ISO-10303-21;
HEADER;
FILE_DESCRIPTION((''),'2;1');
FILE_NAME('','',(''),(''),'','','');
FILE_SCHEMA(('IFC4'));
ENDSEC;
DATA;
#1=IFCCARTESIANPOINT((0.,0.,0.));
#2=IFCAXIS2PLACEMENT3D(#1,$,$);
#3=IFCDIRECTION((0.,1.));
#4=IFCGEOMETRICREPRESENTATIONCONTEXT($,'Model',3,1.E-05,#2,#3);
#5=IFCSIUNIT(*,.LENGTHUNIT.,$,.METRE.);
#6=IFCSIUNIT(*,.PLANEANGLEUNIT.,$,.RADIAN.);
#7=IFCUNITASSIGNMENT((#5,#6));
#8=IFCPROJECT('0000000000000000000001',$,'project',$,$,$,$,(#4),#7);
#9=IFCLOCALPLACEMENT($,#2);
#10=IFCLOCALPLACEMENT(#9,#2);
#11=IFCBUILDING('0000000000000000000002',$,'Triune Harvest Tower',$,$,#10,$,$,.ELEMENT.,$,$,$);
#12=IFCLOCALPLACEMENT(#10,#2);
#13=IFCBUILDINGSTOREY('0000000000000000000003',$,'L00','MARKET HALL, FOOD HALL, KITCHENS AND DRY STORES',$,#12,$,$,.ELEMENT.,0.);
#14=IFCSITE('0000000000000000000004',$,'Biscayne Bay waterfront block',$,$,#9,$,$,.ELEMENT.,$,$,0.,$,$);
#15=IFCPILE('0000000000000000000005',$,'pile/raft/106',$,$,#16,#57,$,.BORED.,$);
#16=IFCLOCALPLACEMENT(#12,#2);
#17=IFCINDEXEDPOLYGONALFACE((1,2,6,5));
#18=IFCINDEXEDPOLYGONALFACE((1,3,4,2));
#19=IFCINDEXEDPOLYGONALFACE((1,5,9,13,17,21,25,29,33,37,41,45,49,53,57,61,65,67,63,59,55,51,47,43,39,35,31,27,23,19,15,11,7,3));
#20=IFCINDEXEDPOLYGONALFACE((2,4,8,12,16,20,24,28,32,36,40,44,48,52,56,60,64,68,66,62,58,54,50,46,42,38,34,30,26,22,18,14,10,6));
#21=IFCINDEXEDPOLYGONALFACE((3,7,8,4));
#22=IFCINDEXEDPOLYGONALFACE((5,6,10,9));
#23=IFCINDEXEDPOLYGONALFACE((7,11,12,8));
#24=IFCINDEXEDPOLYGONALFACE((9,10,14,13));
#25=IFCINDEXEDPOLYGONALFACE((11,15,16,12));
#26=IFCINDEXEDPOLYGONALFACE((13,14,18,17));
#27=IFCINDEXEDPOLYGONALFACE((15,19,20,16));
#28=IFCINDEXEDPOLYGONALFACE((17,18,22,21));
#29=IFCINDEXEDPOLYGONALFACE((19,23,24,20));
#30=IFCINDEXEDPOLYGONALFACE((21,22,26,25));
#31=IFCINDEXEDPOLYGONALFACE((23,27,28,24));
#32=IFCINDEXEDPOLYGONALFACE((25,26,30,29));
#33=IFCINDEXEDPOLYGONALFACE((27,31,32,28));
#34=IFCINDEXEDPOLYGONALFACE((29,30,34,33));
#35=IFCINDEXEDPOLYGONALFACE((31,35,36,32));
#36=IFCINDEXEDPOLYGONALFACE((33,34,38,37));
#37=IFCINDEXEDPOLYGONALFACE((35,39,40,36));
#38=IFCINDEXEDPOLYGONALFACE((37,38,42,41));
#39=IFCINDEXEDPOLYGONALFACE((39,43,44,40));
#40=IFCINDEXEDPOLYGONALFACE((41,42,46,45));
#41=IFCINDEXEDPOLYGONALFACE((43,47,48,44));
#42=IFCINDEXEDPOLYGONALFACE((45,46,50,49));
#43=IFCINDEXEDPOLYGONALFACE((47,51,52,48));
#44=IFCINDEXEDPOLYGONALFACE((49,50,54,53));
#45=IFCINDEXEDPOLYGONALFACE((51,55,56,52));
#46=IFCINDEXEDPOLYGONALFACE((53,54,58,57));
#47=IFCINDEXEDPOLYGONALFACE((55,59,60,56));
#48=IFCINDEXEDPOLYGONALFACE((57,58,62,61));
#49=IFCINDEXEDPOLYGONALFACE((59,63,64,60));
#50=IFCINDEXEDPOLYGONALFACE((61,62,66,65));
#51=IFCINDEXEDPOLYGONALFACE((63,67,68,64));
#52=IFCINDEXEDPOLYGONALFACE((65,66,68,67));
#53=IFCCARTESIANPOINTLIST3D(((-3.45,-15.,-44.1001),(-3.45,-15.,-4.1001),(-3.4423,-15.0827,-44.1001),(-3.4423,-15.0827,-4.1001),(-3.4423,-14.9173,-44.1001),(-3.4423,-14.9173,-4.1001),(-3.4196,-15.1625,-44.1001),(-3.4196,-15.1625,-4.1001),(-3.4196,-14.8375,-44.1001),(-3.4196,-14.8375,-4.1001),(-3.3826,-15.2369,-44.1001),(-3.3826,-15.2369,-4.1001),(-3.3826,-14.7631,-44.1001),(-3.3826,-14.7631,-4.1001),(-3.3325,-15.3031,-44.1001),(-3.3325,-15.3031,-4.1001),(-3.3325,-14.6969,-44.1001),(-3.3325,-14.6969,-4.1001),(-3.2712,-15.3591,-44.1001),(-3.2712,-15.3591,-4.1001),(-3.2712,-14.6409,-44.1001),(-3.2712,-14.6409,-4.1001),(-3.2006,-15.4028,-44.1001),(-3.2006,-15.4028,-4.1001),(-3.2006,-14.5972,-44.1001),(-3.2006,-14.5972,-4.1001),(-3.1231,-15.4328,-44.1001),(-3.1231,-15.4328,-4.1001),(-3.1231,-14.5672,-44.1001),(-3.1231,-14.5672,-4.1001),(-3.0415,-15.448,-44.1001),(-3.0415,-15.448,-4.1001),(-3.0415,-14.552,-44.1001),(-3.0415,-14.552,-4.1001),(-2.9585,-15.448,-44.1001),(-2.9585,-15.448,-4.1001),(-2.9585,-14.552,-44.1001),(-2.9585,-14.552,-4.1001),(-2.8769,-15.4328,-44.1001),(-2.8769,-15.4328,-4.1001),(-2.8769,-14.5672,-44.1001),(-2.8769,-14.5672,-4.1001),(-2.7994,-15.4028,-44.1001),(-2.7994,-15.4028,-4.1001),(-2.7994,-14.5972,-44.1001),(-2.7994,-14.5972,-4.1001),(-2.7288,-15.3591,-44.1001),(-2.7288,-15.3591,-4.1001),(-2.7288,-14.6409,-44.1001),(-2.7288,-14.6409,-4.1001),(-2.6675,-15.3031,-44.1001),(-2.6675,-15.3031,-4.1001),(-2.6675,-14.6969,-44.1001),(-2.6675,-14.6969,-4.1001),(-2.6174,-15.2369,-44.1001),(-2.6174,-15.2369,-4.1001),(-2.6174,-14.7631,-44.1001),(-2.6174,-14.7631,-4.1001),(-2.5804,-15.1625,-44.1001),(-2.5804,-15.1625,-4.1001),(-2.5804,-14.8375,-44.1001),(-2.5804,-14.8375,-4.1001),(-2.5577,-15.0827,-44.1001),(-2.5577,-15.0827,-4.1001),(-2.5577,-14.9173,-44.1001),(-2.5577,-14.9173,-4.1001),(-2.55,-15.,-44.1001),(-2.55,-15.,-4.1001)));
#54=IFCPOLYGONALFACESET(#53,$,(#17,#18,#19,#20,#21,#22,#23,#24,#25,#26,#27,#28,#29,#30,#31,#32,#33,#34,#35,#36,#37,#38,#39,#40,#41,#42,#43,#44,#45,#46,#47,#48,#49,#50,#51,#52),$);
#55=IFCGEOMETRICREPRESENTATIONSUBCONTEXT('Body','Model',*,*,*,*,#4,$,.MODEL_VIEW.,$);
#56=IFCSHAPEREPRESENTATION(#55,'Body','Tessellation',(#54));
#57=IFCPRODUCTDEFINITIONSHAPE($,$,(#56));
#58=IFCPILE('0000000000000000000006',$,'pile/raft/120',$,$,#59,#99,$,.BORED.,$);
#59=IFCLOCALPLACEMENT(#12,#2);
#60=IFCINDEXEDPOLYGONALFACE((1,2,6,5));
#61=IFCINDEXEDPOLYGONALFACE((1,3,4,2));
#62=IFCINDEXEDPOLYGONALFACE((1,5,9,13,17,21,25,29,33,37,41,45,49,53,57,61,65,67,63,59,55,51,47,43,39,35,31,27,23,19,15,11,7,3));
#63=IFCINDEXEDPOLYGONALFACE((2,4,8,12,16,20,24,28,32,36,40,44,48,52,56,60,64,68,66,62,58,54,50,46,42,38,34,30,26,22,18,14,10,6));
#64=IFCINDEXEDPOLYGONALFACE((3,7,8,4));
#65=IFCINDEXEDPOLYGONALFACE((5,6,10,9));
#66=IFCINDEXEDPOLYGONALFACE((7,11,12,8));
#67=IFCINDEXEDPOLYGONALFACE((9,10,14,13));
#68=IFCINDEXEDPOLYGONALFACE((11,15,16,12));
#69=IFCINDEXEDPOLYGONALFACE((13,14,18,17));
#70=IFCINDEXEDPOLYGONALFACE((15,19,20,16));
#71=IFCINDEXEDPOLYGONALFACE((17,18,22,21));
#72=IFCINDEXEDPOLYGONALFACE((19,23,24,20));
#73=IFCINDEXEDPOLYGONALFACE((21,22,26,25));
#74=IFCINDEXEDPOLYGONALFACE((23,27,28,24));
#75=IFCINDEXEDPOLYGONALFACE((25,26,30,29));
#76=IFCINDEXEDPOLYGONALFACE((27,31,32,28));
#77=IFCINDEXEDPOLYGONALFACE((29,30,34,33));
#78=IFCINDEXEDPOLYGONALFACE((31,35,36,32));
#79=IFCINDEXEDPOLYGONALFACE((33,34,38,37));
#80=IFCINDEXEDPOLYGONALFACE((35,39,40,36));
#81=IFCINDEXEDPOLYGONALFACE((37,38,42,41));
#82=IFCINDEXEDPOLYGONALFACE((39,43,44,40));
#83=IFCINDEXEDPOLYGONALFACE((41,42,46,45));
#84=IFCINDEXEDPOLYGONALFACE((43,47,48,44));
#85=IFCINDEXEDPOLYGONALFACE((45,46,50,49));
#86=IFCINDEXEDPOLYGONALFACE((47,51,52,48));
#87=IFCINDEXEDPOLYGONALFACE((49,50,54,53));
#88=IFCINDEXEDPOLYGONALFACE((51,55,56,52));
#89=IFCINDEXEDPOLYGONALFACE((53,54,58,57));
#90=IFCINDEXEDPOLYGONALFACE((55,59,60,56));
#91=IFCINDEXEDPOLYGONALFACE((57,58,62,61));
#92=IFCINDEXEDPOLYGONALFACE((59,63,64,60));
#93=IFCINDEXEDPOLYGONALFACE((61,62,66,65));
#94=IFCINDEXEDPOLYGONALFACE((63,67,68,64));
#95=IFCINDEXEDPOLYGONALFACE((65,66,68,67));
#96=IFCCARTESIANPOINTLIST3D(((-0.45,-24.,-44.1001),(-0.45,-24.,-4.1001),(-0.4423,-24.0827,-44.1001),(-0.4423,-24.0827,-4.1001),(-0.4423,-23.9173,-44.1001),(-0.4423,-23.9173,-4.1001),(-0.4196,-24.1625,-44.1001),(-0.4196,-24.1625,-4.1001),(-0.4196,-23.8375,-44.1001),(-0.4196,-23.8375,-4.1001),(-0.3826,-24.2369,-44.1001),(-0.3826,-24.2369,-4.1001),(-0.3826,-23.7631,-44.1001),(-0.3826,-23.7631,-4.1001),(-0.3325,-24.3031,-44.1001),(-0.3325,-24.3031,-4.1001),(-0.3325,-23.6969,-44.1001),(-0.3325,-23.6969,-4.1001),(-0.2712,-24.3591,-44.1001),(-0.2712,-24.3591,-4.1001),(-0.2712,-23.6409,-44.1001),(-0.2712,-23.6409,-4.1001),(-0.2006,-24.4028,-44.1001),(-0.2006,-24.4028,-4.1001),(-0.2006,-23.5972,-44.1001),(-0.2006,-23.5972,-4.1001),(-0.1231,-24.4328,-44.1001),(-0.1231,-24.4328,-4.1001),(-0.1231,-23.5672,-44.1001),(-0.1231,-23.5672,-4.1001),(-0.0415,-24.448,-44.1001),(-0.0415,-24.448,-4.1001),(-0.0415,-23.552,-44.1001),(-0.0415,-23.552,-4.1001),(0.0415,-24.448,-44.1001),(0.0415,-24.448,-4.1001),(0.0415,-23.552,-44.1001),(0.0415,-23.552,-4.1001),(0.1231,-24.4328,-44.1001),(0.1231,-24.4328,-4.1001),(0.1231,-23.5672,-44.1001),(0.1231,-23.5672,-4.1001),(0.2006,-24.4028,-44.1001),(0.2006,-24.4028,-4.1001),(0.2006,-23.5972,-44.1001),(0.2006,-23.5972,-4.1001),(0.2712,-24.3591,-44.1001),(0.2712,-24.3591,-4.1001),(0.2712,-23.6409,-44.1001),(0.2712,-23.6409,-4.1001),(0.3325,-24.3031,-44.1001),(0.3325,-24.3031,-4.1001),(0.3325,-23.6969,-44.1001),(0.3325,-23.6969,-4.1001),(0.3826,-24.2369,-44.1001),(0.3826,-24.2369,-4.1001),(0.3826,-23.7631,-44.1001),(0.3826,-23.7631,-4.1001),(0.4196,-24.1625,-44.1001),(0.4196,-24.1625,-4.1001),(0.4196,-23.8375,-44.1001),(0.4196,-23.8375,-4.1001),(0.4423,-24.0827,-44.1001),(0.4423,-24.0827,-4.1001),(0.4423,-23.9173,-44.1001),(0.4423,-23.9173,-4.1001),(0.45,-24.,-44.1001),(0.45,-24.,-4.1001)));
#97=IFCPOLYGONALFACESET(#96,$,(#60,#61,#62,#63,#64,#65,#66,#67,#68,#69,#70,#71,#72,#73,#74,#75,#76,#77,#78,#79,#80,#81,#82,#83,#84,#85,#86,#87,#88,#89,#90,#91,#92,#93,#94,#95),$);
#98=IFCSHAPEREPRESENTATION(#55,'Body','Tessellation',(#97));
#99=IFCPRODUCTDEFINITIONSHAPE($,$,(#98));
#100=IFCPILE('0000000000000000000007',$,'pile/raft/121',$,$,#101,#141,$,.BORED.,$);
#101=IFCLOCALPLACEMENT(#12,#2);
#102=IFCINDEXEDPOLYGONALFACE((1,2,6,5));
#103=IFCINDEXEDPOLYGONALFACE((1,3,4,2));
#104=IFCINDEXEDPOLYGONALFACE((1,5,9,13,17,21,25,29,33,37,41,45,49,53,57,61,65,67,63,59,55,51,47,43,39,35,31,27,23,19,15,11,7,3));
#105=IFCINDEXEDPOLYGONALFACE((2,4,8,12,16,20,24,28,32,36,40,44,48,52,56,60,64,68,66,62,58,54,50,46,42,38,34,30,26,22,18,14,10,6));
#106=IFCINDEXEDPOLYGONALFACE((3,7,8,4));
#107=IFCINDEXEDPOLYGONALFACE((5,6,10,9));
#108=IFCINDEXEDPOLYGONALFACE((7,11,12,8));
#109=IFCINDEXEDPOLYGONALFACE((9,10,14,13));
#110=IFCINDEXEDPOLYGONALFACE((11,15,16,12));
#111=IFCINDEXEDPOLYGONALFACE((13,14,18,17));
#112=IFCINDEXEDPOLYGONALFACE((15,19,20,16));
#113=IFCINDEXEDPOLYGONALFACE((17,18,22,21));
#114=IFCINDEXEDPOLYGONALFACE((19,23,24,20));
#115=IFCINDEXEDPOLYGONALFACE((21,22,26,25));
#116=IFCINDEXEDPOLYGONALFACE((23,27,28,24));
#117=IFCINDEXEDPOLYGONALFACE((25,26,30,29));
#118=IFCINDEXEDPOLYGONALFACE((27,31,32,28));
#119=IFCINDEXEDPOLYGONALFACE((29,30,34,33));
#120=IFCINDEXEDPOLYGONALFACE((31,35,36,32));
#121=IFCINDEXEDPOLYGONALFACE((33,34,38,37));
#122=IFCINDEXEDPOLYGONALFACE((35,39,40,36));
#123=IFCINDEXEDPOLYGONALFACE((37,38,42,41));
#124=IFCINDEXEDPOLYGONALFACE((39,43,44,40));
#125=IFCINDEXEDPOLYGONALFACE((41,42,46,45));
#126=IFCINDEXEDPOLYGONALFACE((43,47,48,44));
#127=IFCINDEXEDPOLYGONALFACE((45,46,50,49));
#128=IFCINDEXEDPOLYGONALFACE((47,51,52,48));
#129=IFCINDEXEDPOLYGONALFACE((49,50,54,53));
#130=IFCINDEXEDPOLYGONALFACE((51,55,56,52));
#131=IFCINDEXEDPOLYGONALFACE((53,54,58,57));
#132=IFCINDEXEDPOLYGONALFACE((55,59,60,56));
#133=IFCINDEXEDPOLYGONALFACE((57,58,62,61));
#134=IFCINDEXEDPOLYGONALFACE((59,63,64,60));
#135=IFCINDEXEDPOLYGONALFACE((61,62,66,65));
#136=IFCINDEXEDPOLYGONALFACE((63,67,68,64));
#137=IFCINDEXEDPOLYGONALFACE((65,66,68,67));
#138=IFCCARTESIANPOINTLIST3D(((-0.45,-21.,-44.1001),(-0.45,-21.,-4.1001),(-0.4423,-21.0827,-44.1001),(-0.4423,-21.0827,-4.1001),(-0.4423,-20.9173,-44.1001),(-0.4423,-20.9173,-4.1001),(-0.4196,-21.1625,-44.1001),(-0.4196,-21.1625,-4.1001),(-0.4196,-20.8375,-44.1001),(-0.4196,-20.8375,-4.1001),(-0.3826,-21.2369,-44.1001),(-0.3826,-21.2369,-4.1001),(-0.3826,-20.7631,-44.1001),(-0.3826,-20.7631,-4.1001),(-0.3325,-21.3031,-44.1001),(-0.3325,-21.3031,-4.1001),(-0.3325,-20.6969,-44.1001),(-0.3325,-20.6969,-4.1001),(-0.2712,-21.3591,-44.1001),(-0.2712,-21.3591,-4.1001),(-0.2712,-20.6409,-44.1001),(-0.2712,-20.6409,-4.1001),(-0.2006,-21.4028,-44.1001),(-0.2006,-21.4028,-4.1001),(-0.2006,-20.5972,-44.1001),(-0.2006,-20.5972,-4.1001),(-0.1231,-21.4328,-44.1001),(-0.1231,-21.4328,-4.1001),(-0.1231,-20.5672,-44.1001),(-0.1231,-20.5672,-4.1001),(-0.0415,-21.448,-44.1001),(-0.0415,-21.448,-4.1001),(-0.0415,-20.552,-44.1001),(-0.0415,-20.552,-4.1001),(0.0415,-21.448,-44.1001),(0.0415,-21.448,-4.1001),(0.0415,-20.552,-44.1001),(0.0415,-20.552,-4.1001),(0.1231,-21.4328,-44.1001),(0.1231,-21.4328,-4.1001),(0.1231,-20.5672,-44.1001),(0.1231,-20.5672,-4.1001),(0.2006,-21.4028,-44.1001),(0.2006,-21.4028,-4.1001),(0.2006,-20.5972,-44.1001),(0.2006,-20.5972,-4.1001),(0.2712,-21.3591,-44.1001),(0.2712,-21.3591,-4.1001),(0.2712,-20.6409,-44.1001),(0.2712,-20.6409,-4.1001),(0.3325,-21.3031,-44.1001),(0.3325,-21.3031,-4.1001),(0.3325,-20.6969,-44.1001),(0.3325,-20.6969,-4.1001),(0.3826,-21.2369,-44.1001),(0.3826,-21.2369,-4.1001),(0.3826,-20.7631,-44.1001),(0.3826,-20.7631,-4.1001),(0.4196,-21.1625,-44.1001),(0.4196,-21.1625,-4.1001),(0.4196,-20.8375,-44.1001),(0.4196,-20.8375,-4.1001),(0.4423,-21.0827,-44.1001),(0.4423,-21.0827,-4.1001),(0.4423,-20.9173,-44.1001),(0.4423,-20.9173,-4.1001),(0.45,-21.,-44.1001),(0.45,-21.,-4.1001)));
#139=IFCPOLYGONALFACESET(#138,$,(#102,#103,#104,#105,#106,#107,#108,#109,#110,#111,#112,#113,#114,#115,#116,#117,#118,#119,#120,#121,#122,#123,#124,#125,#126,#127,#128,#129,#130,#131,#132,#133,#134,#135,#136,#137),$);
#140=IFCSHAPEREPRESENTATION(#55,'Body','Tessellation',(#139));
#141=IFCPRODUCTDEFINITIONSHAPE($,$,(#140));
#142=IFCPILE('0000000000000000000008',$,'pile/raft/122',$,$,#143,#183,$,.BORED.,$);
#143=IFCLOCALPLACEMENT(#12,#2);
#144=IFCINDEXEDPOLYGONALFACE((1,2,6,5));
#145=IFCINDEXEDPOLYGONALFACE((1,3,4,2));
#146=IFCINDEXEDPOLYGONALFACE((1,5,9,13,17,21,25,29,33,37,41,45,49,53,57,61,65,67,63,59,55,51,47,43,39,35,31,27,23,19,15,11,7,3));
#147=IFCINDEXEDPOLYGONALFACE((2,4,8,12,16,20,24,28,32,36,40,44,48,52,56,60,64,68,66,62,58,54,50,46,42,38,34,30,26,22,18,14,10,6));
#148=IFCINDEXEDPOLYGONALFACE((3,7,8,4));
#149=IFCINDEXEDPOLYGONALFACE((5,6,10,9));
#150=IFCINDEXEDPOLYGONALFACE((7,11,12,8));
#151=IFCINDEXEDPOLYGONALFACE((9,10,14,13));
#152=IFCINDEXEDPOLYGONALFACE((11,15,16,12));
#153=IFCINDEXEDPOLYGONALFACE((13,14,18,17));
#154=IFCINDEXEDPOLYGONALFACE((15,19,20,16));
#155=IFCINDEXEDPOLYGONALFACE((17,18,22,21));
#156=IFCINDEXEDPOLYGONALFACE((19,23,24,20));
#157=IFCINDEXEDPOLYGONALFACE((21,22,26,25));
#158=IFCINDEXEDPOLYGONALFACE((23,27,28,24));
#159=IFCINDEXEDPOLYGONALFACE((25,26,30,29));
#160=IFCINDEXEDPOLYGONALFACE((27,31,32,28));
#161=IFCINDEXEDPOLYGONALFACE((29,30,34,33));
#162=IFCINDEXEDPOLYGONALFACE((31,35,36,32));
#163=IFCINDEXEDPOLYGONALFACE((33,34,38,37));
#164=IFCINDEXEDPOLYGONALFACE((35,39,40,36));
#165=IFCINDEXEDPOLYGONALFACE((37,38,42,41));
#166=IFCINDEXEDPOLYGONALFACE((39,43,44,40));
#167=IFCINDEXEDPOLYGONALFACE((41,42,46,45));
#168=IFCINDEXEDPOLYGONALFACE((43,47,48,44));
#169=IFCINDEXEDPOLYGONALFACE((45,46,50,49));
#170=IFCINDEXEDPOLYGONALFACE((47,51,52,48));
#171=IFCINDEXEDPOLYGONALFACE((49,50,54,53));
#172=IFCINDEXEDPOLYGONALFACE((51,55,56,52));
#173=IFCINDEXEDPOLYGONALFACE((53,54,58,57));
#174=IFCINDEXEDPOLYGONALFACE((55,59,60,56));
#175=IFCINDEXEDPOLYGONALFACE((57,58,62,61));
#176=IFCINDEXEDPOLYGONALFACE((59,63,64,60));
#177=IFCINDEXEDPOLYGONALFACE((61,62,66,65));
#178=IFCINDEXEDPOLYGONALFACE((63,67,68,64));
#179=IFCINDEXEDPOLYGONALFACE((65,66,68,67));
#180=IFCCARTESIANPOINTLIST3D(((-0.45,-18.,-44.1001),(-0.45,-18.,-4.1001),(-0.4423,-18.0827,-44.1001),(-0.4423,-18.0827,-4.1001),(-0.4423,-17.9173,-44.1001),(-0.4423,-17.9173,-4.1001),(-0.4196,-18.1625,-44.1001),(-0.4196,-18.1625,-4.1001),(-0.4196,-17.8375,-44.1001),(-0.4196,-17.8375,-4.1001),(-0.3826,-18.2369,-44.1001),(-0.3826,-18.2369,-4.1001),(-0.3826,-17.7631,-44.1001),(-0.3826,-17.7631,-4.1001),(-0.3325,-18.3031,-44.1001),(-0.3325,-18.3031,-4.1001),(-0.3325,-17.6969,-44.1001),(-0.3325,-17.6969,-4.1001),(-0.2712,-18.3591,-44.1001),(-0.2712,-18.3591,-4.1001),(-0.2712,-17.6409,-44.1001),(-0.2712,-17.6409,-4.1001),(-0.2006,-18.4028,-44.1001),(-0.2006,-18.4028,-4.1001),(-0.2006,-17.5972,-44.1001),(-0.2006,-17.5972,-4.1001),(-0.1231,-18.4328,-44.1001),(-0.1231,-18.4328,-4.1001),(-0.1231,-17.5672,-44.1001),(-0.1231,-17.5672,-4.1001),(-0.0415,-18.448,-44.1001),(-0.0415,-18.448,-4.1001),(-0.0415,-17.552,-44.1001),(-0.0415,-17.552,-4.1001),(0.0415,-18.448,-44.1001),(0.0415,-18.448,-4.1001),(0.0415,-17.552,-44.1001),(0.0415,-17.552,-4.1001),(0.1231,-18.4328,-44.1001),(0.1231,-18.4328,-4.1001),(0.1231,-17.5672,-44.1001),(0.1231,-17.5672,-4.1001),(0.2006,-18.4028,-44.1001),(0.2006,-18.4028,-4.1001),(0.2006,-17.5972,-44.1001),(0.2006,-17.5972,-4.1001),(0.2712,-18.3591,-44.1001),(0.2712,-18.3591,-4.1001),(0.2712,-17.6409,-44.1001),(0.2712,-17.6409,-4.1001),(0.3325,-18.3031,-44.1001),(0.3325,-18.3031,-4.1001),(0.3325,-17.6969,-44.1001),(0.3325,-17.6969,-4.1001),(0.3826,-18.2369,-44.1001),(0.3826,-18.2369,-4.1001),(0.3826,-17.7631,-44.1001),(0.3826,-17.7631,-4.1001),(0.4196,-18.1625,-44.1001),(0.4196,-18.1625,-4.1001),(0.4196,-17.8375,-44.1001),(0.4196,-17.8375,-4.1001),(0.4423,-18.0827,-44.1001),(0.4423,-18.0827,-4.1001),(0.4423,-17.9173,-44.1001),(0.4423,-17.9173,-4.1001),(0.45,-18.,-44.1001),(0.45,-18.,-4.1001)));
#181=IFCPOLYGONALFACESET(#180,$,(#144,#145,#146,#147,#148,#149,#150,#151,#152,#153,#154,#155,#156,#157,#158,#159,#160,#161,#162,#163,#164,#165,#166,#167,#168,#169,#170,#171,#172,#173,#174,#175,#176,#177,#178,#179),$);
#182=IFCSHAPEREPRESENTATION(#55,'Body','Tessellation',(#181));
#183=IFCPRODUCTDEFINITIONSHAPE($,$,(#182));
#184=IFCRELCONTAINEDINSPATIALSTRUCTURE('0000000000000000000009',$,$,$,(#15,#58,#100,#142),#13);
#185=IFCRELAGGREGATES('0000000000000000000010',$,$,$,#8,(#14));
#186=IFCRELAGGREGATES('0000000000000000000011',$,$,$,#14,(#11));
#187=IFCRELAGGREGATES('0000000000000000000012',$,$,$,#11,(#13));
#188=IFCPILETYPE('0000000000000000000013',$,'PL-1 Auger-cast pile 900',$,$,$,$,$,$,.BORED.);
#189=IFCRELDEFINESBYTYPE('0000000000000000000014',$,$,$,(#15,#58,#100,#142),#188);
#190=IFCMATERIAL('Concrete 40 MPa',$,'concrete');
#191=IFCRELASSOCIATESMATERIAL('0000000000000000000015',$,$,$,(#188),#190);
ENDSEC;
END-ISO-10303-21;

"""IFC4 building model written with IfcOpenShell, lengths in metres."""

from ifc_helpers import new_model, si_unit, direction, frame, origin, origin_2d, place, context, subcontext, project, spatial, circle, extrude, source, transform, mapped, material, material_profile, profile_set, type_object, element, save


model = new_model("IFC4")

# Units and contexts
model_context = context("Model", 3, precision=1e-05, world=origin(), true_north=direction((0.0, 1.0)))
body_context = subcontext(model_context, "Body", "Model", "MODEL_VIEW")
ifc_project = project(units=[si_unit("LENGTHUNIT", "METRE"), si_unit("PLANEANGLEUNIT", "RADIAN")], contexts=[model_context])

# Site, building, storey
site_placement = place(None, origin())
site = spatial("IfcSite", under=ifc_project, at=site_placement, Name="Biscayne Bay waterfront block", CompositionType="ELEMENT", RefElevation=0.0)
building_placement = place(site_placement, origin())
building = spatial("IfcBuilding", under=site, at=building_placement, Name="Triune Harvest Tower", CompositionType="ELEMENT")
storey_placement = place(building_placement, origin())
storey = spatial("IfcBuildingStorey", under=building, at=storey_placement, Name="L00", Description="MARKET HALL, FOOD HALL, KITCHENS AND DRY STORES", CompositionType="ELEMENT", Elevation=0.0)

# Piles
ifc_material_1 = material(Name="Concrete 40 MPa", Category="concrete")
ifc_material_profile_1 = material_profile(ifc_material_1, circle(Radius=0.45, at=origin_2d()), Name="Bored 900")
ifc_profile_set_1 = profile_set([ifc_material_profile_1], Name="Concrete 40 MPa")
pile_type = type_object("IfcPileType", Name="PL-1 Auger-cast pile 900", PredefinedType="BORED", material=ifc_profile_set_1)
shared_shape_1 = source(origin(), body_context, "Body", "SweptSolid", [
    extrude(circle(Radius=0.45, at=origin_2d()), origin(), (0.0, 0.0, 1.0), 40.0),
])
for number, where, z_axis, x_axis, name in (
    (1, (-3.0, -15.0, -4.1001), (0.0, 0.0, -1.0), (1.0, 0.0, 0.0), "pile/raft/106"),
    (2, (0.0, -24.0, -4.1001), (0.0, 0.0, -1.0), (1.0, 0.0, 0.0), "pile/raft/120"),
    (3, (0.0, -21.0, -4.1001), (0.0, 0.0, -1.0), (1.0, 0.0, 0.0), "pile/raft/121"),
    (4, (0.0, -18.0, -4.1001), (0.0, 0.0, -1.0), (1.0, 0.0, 0.0), "pile/raft/122"),
):
    element("IfcPile", number, at=place(storey_placement, frame(where, z_axis=z_axis, x_axis=x_axis)), inside=storey, type_object=pile_type, Name=name, PredefinedType="BORED", context=body_context, shape_type="MappedRepresentation", body=[
        mapped(shared_shape_1, transform((0.0, 0.0, 0.0), scale=1.0)),
    ])

save(model, "model.ifc")
